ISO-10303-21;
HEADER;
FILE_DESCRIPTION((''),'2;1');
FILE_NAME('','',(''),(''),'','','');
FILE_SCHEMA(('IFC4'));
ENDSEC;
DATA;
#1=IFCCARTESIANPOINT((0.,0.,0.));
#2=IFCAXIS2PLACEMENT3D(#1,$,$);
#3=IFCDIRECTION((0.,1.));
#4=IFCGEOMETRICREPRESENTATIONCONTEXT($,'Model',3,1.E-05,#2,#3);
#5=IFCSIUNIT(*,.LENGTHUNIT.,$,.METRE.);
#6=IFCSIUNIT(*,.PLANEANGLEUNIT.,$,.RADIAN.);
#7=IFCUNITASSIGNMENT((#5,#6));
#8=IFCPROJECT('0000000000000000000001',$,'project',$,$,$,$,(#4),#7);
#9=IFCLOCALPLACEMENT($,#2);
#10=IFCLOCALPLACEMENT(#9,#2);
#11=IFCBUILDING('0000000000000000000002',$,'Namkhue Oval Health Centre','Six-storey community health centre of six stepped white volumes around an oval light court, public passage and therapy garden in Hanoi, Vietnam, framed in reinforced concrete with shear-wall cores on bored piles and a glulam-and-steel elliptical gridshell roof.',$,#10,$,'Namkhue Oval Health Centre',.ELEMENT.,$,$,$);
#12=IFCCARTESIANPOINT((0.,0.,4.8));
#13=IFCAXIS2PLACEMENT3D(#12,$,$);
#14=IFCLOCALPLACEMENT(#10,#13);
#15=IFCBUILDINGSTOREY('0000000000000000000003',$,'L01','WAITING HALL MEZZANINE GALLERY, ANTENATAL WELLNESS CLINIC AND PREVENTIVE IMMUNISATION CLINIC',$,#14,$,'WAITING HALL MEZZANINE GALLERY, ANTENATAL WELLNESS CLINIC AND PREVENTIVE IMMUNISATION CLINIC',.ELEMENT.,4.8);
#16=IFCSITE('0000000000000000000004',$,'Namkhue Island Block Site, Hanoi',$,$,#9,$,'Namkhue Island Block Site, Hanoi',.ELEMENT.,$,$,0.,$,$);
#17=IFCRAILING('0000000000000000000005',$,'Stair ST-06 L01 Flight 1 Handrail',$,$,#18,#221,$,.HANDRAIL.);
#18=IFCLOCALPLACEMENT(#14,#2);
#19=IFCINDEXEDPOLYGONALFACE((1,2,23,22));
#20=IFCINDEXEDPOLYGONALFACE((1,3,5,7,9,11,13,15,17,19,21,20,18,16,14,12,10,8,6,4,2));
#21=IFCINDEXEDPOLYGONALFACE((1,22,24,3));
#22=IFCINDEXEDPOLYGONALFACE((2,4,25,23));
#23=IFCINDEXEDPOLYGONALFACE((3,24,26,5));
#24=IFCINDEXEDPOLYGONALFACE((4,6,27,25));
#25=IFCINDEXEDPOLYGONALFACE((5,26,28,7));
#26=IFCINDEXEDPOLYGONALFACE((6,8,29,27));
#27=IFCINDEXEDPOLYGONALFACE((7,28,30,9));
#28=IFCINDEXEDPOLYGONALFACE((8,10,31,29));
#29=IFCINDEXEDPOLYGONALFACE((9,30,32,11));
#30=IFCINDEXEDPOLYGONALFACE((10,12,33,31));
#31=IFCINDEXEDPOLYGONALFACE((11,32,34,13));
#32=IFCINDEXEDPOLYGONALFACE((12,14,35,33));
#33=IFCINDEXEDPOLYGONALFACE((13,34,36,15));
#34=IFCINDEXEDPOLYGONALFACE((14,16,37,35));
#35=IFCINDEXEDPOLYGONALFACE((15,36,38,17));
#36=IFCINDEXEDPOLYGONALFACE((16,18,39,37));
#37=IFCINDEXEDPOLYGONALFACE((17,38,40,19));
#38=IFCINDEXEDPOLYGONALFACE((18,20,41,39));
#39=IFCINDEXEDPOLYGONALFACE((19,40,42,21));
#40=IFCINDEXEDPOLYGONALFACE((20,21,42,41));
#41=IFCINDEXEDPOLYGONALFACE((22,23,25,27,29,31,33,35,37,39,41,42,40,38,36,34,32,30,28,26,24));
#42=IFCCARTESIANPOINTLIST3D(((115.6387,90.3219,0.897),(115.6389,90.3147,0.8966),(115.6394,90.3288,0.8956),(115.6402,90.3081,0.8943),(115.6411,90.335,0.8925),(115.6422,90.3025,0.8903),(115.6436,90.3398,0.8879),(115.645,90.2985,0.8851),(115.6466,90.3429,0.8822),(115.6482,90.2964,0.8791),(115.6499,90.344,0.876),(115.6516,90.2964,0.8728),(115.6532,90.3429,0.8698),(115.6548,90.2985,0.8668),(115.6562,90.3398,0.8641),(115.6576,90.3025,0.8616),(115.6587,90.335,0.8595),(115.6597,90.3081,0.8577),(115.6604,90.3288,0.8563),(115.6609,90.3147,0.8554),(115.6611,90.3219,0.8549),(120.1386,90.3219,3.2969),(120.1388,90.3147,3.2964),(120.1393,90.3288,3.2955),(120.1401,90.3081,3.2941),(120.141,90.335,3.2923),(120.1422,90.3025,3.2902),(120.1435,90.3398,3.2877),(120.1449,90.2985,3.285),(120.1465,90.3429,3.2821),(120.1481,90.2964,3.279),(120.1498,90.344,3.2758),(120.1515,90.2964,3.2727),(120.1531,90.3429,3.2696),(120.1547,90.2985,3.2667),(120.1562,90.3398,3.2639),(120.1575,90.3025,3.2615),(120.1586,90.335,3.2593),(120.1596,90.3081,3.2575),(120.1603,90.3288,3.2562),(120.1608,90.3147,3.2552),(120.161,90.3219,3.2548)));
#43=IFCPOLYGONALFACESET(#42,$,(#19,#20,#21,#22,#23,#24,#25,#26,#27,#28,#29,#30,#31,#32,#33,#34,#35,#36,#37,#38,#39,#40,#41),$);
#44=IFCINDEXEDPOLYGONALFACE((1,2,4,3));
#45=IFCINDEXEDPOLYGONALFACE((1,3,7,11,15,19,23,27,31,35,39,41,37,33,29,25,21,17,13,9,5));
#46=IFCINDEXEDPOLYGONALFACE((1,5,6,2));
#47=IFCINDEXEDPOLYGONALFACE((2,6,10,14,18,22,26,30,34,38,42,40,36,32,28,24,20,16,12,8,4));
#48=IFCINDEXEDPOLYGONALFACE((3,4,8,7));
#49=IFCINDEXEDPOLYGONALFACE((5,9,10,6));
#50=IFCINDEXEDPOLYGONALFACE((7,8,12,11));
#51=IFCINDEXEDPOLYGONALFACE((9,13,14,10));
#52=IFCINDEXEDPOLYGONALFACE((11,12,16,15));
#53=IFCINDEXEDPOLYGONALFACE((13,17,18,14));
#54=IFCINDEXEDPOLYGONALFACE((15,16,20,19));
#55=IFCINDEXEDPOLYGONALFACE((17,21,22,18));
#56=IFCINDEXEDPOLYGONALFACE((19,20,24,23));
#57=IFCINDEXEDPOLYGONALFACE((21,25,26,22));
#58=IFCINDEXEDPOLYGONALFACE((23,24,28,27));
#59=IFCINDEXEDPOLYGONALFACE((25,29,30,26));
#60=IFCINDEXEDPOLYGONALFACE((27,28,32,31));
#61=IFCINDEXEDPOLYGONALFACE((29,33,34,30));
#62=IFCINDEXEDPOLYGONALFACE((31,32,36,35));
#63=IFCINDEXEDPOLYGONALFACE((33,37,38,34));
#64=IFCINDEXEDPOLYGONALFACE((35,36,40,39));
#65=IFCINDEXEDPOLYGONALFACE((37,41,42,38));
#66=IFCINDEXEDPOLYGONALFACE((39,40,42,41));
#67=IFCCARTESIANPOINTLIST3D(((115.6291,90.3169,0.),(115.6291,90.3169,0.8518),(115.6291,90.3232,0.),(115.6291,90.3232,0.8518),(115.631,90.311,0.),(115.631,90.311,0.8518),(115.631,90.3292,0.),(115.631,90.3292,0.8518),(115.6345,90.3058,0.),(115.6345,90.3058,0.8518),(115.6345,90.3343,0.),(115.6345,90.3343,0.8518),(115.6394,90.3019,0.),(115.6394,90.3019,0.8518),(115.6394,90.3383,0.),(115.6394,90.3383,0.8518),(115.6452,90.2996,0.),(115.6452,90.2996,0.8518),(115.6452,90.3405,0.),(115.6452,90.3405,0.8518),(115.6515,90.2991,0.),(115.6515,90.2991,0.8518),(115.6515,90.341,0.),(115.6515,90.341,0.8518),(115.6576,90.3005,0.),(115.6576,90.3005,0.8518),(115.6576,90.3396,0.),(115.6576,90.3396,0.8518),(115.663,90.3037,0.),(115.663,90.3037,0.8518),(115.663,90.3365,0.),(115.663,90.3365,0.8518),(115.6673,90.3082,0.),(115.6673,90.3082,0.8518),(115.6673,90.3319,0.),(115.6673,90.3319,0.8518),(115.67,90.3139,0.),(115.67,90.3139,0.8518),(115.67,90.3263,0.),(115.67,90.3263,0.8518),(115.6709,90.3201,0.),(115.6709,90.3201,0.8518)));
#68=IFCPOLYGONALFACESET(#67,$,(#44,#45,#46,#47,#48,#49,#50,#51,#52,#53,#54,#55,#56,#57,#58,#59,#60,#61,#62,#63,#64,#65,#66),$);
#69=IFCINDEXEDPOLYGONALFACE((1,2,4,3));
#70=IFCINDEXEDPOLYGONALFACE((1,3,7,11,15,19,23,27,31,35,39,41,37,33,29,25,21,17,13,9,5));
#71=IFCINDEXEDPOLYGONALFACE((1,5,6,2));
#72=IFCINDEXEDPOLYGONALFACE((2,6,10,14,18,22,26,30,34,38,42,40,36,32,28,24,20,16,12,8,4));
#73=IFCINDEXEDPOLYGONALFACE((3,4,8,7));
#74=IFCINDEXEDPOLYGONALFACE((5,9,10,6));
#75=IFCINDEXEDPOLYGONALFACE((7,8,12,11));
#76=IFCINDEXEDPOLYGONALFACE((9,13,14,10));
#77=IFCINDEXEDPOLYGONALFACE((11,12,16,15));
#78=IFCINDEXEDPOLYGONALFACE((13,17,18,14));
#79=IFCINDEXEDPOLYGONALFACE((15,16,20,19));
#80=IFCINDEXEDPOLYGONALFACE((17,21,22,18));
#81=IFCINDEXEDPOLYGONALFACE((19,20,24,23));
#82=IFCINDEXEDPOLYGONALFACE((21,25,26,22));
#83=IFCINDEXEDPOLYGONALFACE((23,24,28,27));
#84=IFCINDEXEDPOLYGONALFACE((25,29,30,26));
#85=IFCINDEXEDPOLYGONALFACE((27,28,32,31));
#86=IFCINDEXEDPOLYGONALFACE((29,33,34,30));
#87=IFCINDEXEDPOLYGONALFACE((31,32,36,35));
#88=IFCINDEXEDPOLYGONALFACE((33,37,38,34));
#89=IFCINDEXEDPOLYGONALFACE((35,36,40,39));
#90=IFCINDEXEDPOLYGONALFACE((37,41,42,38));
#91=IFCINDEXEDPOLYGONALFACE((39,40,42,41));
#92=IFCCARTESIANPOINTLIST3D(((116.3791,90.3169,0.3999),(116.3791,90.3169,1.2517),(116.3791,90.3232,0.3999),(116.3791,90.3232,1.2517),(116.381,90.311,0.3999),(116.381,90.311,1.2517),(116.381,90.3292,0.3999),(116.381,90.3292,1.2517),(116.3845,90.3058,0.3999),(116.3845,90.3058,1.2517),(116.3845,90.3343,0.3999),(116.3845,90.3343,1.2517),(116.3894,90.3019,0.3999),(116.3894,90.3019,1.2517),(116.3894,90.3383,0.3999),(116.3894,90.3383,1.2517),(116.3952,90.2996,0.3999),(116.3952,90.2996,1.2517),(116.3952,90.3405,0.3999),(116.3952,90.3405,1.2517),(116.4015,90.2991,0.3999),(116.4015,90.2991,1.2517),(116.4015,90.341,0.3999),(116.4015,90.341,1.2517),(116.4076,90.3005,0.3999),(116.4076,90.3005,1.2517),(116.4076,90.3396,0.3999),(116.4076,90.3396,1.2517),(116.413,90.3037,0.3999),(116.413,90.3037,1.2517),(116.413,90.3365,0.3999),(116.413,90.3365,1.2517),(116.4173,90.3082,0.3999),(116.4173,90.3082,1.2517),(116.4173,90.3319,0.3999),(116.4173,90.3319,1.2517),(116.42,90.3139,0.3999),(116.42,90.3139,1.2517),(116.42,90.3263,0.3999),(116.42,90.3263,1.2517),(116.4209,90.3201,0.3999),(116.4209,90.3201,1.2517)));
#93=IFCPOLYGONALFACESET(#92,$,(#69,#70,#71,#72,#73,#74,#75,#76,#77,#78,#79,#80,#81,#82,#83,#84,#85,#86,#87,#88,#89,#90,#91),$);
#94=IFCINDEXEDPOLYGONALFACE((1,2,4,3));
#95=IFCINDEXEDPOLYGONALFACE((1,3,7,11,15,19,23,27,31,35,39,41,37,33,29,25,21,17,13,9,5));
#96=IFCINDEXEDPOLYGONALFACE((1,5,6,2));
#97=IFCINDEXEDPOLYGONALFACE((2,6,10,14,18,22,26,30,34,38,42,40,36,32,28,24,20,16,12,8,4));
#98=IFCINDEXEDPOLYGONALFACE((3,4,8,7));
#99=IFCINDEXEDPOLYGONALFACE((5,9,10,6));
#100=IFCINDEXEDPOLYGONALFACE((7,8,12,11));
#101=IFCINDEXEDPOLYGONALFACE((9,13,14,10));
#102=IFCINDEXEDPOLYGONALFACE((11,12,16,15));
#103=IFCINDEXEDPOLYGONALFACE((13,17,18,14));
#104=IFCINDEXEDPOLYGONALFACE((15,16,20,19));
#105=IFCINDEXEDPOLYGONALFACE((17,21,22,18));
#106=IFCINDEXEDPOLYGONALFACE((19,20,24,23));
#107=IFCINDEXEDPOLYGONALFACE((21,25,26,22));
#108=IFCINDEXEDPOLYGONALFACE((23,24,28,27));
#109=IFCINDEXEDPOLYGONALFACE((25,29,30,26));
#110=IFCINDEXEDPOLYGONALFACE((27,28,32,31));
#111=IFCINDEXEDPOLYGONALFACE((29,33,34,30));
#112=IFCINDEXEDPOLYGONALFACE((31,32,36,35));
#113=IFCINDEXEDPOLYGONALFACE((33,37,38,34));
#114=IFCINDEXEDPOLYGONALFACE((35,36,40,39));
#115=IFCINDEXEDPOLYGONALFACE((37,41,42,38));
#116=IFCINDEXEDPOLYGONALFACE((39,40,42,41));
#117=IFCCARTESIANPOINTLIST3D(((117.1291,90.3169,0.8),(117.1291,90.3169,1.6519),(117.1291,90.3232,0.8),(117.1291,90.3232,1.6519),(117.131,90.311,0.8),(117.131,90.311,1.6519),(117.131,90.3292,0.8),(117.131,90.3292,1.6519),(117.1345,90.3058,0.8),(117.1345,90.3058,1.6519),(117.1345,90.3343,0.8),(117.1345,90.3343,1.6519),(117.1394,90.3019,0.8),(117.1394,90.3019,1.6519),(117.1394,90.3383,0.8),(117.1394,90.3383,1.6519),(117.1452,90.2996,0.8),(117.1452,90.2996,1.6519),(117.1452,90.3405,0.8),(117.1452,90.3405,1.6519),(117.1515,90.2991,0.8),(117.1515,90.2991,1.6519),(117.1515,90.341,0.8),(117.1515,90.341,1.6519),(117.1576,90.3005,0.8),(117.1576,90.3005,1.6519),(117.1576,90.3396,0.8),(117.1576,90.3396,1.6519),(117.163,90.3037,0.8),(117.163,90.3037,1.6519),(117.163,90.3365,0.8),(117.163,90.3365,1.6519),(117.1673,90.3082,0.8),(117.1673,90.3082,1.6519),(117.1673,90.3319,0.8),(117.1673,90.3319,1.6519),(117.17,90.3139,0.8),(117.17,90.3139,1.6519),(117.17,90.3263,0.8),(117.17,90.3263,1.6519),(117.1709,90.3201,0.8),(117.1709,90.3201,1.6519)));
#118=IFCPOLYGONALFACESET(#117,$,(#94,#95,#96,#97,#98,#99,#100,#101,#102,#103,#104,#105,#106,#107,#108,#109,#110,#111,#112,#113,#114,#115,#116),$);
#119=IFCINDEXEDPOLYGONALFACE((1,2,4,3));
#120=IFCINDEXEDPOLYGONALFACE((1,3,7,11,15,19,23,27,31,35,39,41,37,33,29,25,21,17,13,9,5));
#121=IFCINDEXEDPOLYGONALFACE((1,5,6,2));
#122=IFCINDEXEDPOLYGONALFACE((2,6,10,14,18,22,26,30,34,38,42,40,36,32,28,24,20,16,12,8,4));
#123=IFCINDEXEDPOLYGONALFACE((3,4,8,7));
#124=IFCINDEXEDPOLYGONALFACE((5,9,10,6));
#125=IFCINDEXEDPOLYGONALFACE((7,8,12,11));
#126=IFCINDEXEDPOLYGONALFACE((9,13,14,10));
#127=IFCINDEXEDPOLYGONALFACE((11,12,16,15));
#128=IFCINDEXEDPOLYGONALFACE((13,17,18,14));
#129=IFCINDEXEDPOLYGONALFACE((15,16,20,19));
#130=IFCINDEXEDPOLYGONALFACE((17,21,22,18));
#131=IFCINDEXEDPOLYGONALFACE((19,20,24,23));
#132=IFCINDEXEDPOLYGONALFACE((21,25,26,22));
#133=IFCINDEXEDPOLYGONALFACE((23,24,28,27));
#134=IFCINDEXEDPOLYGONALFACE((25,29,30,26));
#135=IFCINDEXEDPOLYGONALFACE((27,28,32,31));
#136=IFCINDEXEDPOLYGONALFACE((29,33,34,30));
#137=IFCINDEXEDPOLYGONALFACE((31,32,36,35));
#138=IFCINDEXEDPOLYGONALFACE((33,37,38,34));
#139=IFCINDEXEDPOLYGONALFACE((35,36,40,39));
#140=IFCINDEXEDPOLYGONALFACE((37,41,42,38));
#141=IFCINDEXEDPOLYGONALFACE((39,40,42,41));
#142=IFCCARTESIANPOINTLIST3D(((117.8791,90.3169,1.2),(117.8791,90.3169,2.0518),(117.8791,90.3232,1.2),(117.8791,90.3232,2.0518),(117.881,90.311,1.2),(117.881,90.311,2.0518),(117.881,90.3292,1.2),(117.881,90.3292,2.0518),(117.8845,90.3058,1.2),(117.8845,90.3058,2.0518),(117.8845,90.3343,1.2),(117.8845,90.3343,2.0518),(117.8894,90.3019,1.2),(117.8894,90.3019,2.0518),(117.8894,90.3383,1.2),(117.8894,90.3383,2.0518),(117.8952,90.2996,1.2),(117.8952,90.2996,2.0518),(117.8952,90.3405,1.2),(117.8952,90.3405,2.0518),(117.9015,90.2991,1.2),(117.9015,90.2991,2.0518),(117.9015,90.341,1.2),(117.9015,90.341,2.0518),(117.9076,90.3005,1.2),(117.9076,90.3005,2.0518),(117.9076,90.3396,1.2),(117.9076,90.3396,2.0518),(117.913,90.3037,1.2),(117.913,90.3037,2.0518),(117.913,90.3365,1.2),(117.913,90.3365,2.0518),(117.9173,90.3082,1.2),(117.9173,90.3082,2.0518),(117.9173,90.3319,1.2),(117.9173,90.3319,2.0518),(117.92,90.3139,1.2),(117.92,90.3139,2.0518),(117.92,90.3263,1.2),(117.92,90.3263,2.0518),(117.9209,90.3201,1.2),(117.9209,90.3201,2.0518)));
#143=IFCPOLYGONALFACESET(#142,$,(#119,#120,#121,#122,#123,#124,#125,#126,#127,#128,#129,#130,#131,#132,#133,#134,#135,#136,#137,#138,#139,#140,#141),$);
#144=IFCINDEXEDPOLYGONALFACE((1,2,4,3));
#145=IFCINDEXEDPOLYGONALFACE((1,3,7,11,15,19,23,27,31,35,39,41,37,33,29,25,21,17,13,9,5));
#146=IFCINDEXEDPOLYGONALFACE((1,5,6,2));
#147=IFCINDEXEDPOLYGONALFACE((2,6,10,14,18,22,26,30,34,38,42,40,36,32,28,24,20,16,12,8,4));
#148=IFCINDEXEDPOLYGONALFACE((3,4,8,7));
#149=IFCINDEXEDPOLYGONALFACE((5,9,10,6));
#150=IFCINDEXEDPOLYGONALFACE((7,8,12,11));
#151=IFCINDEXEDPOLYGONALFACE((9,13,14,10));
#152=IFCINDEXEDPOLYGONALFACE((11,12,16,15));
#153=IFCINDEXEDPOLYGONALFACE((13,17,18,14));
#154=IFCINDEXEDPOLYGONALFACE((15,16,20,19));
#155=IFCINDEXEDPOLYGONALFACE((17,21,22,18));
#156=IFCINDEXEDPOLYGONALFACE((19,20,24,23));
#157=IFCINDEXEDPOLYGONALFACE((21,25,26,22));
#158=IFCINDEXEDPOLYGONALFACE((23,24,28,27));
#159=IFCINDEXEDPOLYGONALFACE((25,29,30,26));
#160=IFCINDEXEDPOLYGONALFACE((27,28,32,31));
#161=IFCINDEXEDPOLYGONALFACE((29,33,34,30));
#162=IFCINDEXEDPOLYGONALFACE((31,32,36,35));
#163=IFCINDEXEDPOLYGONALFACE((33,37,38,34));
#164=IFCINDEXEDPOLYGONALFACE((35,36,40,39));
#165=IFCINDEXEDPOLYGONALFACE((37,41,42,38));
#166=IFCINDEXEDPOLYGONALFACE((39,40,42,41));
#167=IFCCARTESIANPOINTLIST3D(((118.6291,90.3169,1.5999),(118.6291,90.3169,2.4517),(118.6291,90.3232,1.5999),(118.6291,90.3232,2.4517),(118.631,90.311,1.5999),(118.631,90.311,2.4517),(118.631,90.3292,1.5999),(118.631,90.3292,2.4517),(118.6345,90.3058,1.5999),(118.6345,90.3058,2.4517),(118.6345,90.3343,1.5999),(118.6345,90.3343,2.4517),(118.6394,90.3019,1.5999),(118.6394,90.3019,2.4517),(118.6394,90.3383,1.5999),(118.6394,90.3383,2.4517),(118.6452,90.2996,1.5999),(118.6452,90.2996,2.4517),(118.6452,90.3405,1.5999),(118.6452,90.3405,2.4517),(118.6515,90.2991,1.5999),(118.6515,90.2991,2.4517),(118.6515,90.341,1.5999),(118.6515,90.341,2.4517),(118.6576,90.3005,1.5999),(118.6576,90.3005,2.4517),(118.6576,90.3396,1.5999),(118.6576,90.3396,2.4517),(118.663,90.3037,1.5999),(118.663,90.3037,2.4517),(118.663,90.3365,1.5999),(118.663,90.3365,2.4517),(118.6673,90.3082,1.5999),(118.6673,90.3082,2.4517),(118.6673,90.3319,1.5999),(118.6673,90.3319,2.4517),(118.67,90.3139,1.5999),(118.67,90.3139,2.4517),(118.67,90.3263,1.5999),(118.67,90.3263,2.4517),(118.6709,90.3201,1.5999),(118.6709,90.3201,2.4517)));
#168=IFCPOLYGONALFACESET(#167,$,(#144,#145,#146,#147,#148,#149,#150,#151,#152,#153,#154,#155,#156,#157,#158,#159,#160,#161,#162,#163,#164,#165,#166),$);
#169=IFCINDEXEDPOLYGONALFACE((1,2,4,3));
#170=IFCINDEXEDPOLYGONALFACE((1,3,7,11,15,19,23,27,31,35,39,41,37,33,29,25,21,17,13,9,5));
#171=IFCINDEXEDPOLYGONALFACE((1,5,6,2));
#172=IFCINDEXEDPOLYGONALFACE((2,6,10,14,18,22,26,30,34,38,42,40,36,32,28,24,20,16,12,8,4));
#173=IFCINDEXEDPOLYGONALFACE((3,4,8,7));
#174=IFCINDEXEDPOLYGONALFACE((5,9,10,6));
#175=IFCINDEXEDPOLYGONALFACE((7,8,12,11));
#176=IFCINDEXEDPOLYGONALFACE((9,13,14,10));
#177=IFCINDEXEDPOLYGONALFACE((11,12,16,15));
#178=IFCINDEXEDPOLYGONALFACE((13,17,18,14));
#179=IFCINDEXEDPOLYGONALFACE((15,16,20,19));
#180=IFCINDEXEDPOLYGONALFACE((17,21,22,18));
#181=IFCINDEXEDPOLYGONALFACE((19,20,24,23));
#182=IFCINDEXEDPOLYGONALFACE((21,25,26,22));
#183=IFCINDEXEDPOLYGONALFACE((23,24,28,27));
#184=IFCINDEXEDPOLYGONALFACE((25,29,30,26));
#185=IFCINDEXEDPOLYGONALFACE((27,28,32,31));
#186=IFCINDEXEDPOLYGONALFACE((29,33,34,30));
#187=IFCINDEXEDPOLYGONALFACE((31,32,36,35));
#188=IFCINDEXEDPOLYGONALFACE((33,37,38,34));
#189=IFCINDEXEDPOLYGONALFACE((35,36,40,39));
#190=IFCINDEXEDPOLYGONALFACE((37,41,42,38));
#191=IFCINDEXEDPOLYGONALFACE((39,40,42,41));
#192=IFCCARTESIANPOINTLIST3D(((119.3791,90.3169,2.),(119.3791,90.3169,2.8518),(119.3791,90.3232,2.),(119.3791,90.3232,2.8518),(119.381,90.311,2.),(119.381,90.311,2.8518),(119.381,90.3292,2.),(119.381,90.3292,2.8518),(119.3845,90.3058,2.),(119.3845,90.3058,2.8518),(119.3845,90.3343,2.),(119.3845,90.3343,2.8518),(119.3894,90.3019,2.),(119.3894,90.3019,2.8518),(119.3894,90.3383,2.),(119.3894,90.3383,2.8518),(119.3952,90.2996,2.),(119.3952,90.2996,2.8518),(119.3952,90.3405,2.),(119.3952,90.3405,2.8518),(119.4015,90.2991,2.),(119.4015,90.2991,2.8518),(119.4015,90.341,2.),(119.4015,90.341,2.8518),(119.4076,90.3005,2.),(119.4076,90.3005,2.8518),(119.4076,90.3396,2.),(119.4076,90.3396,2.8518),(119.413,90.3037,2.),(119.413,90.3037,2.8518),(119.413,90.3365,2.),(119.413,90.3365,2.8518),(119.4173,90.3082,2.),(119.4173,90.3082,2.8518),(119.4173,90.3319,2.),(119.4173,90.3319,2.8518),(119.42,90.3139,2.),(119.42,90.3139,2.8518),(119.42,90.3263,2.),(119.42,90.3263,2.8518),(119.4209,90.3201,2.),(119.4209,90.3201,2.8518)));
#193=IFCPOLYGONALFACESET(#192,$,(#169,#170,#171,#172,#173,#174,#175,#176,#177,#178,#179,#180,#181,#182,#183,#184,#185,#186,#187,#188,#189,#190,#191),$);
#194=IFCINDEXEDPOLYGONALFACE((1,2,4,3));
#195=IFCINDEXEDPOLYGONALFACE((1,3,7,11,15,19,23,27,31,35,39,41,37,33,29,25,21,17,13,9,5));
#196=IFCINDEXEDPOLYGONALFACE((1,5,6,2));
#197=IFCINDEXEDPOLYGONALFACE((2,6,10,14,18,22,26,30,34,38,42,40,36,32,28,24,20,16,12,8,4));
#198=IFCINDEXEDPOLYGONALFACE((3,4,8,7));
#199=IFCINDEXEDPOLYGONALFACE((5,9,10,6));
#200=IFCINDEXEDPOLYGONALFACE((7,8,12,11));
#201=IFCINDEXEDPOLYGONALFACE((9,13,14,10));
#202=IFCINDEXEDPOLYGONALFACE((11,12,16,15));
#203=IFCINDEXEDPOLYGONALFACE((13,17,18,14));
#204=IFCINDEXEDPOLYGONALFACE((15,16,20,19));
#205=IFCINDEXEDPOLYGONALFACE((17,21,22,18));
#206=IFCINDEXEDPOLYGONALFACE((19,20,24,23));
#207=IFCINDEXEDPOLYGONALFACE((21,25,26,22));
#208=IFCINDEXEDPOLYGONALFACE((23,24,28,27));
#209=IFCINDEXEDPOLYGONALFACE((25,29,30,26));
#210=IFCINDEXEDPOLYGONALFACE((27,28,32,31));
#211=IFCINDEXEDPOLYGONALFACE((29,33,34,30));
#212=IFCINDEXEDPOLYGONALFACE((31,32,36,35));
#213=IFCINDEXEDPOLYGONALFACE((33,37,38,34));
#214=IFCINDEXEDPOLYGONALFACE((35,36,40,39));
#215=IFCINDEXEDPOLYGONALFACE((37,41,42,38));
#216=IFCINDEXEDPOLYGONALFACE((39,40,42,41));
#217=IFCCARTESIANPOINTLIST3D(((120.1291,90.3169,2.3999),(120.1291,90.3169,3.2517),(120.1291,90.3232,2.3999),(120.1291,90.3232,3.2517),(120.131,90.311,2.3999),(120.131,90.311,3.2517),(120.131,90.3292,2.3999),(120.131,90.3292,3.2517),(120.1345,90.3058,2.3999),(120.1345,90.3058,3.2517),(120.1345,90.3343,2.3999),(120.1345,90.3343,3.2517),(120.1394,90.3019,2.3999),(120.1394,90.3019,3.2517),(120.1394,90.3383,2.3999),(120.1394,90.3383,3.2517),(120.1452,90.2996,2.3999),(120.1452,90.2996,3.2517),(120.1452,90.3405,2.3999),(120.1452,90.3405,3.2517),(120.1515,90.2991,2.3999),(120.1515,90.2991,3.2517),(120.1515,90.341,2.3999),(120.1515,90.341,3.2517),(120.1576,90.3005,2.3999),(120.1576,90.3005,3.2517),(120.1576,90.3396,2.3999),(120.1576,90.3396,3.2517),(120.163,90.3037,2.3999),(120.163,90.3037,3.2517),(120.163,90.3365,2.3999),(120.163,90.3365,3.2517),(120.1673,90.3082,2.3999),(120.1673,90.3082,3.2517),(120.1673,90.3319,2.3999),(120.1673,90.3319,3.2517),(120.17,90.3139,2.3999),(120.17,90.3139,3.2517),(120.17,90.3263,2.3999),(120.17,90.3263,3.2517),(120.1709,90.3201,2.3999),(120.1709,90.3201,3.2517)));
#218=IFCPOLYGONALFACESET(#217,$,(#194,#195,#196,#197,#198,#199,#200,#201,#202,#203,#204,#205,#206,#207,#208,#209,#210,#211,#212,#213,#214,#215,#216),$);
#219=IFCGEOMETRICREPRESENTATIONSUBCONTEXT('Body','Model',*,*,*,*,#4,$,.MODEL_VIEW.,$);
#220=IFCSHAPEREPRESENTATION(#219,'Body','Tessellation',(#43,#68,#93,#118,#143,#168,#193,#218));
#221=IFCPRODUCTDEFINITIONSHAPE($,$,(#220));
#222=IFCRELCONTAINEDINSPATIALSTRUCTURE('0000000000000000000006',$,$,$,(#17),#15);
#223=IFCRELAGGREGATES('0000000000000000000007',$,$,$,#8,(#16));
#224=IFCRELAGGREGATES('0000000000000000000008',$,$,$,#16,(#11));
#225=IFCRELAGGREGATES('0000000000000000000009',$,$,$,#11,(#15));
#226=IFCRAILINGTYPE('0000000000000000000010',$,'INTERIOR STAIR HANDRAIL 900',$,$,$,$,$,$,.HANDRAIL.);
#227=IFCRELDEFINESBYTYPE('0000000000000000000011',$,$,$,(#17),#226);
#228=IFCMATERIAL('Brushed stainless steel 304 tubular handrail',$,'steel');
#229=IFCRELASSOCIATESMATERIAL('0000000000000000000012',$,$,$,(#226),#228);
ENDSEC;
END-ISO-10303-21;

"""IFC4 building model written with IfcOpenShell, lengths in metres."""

from ifc_helpers import new_model, si_unit, direction, frame, origin, origin_2d, place, context, subcontext, project, spatial, circle, extrude, material, type_object, element, save


model = new_model("IFC4")

# Units and contexts
model_context = context("Model", 3, precision=1e-05, world=origin(), true_north=direction((0.0, 1.0)))
body_context = subcontext(model_context, "Body", "Model", "MODEL_VIEW")
ifc_project = project(units=[si_unit("LENGTHUNIT", "METRE"), si_unit("PLANEANGLEUNIT", "RADIAN")], contexts=[model_context])

# Site, building, storey
site_placement = place(None, origin())
site = spatial("IfcSite", under=ifc_project, at=site_placement, Name="Namkhue Island Block Site, Hanoi", LongName="Namkhue Island Block Site, Hanoi", CompositionType="ELEMENT", RefElevation=0.0)
building_placement = place(site_placement, origin())
building = spatial("IfcBuilding", under=site, at=building_placement, Name="Namkhue Oval Health Centre", Description="Six-storey community health centre of six stepped white volumes around an oval light court, public passage and therapy garden in Hanoi, Vietnam, framed in reinforced concrete with shear-wall cores on bored piles and a glulam-and-steel elliptical gridshell roof.", LongName="Namkhue Oval Health Centre", CompositionType="ELEMENT")
storey_placement = place(building_placement, frame((0.0, 0.0, 4.8)))
storey = spatial("IfcBuildingStorey", under=building, at=storey_placement, Name="L01", Description="WAITING HALL MEZZANINE GALLERY, ANTENATAL WELLNESS CLINIC AND PREVENTIVE IMMUNISATION CLINIC", LongName="WAITING HALL MEZZANINE GALLERY, ANTENATAL WELLNESS CLINIC AND PREVENTIVE IMMUNISATION CLINIC", CompositionType="ELEMENT", Elevation=4.8)

# Railing
ifc_material_1 = material(Name="Brushed stainless steel 304 tubular handrail", Category="steel")
railing_type_1 = type_object("IfcRailingType", Name="INTERIOR STAIR HANDRAIL 900", PredefinedType="HANDRAIL", material=ifc_material_1)
railing_1_placement = place(storey_placement, frame((115.6499, 90.3201, 0.0)))
element("IfcRailing", 1, at=railing_1_placement, inside=storey, type_object=railing_type_1, Name="Stair ST-06 L01 Flight 1 Handrail", PredefinedType="HANDRAIL", context=body_context, shape_type="SweptSolid", body=[
    extrude(circle(Radius=0.0239, at=origin_2d()), frame((0.0, 0.0, 0.876), z_axis=(0.882361, 0.0, 0.470573), x_axis=(0.0, 1.0, 0.0)), (0.0, 0.0, 1.0), 5.0999),
    extrude(circle(Radius=0.021, at=origin_2d()), origin(), (0.0, 0.0, 1.0), 0.8518),
    extrude(circle(Radius=0.021, at=origin_2d()), frame((0.75, 0.0, 0.3999)), (0.0, 0.0, 1.0), 0.8518),
    extrude(circle(Radius=0.021, at=origin_2d()), frame((1.5, 0.0, 0.8)), (0.0, 0.0, 1.0), 0.8518),
    extrude(circle(Radius=0.021, at=origin_2d()), frame((2.25, 0.0, 1.2)), (0.0, 0.0, 1.0), 0.8518),
    extrude(circle(Radius=0.021, at=origin_2d()), frame((3.0, 0.0, 1.5999)), (0.0, 0.0, 1.0), 0.8518),
    extrude(circle(Radius=0.021, at=origin_2d()), frame((3.75, 0.0, 2.0)), (0.0, 0.0, 1.0), 0.8518),
    extrude(circle(Radius=0.021, at=origin_2d()), frame((4.5, 0.0, 2.3999)), (0.0, 0.0, 1.0), 0.8518),
])

save(model, "model.ifc")
